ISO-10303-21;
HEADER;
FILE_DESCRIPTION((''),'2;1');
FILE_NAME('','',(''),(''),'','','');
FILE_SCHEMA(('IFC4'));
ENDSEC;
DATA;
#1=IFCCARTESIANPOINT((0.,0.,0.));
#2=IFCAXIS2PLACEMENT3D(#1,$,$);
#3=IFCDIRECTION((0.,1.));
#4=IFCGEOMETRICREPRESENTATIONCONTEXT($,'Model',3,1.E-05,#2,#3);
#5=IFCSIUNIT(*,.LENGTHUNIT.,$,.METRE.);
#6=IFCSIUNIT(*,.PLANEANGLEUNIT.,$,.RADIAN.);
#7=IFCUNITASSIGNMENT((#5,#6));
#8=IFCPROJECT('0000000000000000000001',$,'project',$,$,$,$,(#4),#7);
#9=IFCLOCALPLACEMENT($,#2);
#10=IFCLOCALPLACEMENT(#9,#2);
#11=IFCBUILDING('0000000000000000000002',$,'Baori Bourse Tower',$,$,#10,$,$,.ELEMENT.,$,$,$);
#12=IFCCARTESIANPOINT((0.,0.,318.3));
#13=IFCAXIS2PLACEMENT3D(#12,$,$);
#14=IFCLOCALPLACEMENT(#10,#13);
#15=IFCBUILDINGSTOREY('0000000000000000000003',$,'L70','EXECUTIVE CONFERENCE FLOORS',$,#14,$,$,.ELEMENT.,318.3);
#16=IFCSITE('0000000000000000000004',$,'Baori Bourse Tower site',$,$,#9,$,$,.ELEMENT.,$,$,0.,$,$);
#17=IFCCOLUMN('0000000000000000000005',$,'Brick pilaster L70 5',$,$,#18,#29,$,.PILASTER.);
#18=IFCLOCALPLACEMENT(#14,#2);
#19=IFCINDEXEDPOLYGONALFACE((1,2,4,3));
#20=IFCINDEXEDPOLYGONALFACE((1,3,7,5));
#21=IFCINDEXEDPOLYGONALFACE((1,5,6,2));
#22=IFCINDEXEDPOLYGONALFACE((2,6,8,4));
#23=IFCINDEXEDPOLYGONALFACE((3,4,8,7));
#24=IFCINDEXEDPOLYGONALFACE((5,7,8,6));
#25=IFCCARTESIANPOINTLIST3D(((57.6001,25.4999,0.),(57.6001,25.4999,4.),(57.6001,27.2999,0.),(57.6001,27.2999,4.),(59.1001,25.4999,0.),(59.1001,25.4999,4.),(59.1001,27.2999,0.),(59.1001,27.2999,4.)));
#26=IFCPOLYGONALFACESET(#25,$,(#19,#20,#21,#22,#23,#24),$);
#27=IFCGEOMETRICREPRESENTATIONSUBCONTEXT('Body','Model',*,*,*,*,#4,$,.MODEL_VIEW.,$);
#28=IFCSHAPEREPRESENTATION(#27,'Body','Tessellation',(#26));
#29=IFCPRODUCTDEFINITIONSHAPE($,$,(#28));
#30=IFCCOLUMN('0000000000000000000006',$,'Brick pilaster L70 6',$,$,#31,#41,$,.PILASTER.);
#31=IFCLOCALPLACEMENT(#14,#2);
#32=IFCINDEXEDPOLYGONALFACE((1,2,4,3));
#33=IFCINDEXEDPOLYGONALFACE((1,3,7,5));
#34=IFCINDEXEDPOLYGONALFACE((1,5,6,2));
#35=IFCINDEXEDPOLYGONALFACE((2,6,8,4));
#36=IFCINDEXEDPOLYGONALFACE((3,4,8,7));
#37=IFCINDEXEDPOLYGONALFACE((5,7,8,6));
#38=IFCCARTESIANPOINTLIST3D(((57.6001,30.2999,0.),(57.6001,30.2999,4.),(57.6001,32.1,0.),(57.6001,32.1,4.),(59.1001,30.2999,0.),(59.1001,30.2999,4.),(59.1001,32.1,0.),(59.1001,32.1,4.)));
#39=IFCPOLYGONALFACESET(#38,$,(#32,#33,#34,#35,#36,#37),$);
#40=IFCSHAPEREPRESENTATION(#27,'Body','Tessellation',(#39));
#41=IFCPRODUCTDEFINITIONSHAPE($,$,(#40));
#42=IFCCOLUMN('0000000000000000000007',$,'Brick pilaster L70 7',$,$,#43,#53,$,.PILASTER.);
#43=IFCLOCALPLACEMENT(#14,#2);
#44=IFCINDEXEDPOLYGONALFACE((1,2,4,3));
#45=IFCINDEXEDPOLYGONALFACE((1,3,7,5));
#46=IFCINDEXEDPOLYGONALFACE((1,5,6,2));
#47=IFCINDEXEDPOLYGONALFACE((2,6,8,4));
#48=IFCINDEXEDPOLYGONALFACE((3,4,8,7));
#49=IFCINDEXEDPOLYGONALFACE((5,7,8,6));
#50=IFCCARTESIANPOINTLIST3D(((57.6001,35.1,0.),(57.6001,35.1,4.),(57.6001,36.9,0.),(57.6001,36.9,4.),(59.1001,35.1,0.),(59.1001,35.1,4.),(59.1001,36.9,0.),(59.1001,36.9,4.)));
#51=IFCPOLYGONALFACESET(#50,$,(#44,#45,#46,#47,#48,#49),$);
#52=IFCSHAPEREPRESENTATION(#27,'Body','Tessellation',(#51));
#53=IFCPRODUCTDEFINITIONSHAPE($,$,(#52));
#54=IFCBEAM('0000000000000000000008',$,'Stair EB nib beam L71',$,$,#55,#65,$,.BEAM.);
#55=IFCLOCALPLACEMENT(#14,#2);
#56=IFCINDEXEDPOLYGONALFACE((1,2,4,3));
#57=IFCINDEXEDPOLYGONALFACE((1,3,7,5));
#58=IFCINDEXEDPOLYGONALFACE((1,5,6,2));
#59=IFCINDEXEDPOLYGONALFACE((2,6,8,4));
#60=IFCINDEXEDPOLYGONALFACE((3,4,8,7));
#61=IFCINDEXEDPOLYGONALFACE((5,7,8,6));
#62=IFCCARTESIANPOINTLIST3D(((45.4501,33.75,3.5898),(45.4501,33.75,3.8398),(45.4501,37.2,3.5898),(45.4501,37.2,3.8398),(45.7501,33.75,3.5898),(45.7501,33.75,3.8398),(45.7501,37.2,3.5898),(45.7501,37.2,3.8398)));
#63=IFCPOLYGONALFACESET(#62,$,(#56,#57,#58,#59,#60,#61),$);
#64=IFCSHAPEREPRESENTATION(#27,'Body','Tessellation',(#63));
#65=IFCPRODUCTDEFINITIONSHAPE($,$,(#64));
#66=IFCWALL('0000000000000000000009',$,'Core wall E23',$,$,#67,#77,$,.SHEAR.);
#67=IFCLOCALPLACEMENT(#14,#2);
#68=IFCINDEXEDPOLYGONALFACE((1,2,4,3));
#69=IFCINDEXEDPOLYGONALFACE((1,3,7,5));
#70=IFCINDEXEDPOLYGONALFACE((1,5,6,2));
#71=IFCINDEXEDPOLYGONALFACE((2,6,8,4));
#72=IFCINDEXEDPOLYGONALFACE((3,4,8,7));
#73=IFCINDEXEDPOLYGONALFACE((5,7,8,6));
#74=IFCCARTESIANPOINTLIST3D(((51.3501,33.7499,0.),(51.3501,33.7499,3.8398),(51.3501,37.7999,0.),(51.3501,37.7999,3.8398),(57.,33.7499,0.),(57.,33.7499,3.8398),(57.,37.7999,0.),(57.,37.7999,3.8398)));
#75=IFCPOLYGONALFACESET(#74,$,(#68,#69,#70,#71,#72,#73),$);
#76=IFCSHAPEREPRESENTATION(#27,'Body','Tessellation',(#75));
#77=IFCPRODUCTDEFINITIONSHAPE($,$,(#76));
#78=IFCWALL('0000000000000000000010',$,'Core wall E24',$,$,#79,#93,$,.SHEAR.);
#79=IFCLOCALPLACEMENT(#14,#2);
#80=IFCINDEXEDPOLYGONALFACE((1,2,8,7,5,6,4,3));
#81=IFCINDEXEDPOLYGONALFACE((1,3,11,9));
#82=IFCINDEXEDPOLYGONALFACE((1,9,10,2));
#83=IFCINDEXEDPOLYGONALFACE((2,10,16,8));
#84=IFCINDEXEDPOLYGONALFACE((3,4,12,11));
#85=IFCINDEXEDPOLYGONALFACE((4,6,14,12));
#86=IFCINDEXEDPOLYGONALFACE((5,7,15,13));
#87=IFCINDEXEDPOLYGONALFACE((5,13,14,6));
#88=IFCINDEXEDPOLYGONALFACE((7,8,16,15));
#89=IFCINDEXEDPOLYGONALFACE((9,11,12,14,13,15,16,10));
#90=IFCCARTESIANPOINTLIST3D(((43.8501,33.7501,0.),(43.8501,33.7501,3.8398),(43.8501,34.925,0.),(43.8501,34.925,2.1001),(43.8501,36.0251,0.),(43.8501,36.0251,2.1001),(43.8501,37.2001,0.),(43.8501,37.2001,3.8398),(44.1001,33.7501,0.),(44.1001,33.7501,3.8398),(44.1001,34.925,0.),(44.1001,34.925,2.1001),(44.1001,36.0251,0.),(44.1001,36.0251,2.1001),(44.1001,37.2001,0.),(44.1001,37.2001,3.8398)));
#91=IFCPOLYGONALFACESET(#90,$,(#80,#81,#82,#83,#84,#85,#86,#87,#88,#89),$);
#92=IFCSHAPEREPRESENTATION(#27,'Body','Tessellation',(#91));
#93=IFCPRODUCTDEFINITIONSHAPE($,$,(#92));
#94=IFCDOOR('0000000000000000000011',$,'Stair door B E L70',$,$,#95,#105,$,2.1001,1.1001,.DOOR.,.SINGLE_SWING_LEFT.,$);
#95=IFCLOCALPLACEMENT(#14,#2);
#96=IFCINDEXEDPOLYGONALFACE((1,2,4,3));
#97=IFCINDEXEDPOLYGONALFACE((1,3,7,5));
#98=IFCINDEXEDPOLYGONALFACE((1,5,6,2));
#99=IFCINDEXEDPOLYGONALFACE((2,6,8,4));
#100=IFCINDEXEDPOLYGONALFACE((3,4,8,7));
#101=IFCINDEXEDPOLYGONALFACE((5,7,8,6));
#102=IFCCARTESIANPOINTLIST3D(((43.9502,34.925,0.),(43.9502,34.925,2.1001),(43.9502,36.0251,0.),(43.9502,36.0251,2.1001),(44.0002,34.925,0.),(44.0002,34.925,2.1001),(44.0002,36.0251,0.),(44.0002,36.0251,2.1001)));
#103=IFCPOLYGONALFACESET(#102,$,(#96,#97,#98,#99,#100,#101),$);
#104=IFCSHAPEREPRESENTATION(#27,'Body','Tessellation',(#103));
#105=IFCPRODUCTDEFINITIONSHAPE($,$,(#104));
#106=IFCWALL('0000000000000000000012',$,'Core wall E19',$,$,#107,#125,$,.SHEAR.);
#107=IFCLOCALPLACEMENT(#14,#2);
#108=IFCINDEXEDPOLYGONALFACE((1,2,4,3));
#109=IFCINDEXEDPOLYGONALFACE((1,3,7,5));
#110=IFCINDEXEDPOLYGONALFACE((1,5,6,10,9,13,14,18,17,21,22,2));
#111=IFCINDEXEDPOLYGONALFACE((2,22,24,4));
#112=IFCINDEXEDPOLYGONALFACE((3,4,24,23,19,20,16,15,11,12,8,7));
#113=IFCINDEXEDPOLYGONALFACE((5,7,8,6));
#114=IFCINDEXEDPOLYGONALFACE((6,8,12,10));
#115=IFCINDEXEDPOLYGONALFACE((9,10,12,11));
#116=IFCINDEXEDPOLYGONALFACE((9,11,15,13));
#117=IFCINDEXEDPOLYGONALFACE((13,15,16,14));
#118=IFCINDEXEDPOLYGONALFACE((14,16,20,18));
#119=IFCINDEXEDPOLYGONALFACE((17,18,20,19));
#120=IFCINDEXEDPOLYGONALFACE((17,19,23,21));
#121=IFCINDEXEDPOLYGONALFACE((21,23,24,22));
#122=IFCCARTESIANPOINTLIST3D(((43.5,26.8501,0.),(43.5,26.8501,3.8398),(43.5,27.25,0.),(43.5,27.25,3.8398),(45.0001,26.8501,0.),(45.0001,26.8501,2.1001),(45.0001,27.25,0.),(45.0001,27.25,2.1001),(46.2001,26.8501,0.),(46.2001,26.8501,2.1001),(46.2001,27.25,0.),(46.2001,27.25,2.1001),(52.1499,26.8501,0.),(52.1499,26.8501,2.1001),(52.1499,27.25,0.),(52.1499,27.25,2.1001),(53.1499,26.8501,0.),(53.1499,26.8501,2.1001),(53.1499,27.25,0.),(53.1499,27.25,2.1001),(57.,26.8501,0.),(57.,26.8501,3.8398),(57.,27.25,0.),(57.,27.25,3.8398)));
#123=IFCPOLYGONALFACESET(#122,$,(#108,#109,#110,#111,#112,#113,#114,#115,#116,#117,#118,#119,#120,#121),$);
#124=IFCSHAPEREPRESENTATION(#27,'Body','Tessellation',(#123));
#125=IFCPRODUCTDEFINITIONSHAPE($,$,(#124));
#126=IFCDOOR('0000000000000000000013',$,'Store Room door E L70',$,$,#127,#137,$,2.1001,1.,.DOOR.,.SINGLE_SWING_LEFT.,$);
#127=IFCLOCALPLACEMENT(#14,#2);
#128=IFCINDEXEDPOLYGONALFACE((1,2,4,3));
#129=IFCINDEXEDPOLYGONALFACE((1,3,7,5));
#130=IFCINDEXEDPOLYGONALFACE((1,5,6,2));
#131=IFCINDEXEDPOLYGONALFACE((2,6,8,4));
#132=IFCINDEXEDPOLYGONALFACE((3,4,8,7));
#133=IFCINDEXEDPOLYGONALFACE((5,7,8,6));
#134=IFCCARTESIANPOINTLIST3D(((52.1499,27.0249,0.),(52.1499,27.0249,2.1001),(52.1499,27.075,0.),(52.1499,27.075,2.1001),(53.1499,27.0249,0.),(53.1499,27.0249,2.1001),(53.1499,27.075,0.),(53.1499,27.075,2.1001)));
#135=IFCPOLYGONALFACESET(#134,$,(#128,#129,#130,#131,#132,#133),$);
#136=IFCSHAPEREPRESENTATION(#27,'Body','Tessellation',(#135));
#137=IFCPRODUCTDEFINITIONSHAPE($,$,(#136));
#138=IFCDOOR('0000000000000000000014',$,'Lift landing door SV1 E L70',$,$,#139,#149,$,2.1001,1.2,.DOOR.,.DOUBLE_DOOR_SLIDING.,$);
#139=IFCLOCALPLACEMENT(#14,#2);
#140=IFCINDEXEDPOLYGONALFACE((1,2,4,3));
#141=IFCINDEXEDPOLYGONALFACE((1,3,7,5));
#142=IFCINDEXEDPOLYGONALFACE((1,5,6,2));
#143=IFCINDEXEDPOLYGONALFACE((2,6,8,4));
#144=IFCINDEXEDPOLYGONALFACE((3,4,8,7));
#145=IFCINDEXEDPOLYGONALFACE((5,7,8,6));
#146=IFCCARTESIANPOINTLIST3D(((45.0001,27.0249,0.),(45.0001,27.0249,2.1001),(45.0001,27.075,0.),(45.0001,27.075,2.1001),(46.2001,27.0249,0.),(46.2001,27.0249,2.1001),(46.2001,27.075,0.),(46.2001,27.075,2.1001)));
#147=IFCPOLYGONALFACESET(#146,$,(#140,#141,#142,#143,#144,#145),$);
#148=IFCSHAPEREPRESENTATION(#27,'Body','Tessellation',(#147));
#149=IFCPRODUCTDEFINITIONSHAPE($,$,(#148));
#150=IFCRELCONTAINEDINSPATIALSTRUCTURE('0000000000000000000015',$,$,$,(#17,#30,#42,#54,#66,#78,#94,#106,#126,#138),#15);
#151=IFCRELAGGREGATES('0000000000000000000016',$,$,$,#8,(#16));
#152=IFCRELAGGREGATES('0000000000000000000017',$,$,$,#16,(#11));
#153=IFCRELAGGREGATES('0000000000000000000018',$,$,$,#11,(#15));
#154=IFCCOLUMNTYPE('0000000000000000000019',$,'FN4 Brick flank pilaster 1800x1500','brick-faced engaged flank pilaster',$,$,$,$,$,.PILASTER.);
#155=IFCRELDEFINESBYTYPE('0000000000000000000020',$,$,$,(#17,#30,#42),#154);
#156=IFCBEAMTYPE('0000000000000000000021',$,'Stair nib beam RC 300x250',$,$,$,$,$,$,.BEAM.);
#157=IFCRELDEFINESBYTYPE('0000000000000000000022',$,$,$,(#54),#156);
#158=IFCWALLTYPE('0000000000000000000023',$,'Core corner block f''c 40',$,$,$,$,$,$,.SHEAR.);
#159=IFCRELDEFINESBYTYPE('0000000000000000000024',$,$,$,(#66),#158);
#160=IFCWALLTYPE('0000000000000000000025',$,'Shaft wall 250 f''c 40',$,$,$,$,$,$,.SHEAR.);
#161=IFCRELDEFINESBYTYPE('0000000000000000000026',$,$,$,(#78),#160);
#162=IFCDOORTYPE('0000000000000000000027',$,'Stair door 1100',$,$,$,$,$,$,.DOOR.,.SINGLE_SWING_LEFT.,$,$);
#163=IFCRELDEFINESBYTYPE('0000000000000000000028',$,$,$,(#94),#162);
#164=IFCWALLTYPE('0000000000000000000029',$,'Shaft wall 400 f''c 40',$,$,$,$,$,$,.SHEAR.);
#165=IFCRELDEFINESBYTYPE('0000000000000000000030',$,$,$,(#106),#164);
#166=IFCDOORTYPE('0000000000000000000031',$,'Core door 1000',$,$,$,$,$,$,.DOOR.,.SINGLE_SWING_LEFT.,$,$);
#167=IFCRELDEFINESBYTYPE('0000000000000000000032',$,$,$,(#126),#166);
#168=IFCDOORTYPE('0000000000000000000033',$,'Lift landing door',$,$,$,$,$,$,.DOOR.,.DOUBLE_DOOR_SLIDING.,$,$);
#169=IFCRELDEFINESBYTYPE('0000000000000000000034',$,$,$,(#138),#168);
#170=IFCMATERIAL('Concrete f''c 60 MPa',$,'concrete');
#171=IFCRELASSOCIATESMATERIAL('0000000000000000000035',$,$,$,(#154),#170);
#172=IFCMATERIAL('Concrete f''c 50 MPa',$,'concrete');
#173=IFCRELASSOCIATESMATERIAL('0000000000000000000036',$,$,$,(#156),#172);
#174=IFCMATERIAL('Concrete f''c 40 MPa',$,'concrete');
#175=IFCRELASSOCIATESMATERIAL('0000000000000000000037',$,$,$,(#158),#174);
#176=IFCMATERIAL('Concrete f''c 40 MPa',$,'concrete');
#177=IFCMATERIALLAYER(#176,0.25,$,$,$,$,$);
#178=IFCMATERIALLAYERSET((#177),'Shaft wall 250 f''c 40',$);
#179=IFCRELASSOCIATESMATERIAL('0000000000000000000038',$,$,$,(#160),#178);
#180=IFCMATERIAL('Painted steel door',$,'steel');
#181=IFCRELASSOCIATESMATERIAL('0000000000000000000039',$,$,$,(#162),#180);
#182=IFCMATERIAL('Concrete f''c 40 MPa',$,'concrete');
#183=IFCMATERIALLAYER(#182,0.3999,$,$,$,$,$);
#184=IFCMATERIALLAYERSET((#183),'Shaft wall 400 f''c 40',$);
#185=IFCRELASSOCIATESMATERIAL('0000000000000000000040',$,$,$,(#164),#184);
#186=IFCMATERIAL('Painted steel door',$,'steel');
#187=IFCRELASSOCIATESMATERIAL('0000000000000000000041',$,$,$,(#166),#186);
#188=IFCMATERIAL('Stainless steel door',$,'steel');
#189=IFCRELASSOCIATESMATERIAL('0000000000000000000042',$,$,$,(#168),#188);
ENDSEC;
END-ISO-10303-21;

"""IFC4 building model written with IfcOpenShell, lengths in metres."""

from ifc_helpers import new_model, si_unit, direction, frame, frame_2d, origin, origin_2d, place, context, subcontext, project, spatial, rectangle, extrude, material, layer, layer_set, material_profile, profile_set, type_object, element, fill, save


model = new_model("IFC4")

# Units and contexts
model_context = context("Model", 3, precision=1e-05, world=origin(), true_north=direction((0.0, 1.0)))
body_context = subcontext(model_context, "Body", "Model", "MODEL_VIEW")
ifc_project = project(units=[si_unit("LENGTHUNIT", "METRE"), si_unit("PLANEANGLEUNIT", "RADIAN")], contexts=[model_context])

# Site, building, storey
site_placement = place(None, origin())
site = spatial("IfcSite", under=ifc_project, at=site_placement, Name="Baori Bourse Tower site", CompositionType="ELEMENT", RefElevation=0.0)
building_placement = place(site_placement, origin())
building = spatial("IfcBuilding", under=site, at=building_placement, Name="Baori Bourse Tower", CompositionType="ELEMENT")
storey_placement = place(building_placement, frame((0.0, 0.0, 318.3)))
storey = spatial("IfcBuildingStorey", under=building, at=storey_placement, Name="L70", Description="EXECUTIVE CONFERENCE FLOORS", CompositionType="ELEMENT", Elevation=318.3)

# Columns
ifc_material_1 = material(Name="Concrete f'c 60 MPa", Category="concrete")
ifc_material_profile_1 = material_profile(ifc_material_1, rectangle(XDim=1.8, YDim=1.5, at=origin_2d()), Name="RC 1800x1500")
ifc_profile_set_1 = profile_set([ifc_material_profile_1], Name="Concrete f'c 60 MPa")
column_type = type_object("IfcColumnType", Name="FN4 Brick flank pilaster 1800x1500", Description="brick-faced engaged flank pilaster", PredefinedType="PILASTER", material=ifc_profile_set_1)
for number, where, z_axis, x_axis, name in (
    (1, (58.3501, 26.3999, 0.0), (0.0, 0.0, 1.0), (0.0, 1.0, 0.0), "Brick pilaster L70 5"),
    (2, (58.3501, 31.2, 0.0), (0.0, 0.0, 1.0), (0.0, 1.0, 0.0), "Brick pilaster L70 6"),
    (3, (58.3501, 36.0, 0.0), (0.0, 0.0, 1.0), (0.0, 1.0, 0.0), "Brick pilaster L70 7"),
):
    element("IfcColumn", number, at=place(storey_placement, frame(where, z_axis=z_axis, x_axis=x_axis)), inside=storey, type_object=column_type, Name=name, PredefinedType="PILASTER", context=body_context, shape_type="SweptSolid", body=[
        extrude(rectangle(XDim=1.8, YDim=1.5, at=origin_2d()), origin(), (0.0, 0.0, 1.0), 4.0),
    ])

# Beam
ifc_material_2 = material(Name="Concrete f'c 50 MPa", Category="concrete")
ifc_material_profile_2 = material_profile(ifc_material_2, rectangle(XDim=0.3, YDim=0.25, at=origin_2d()), Name="RC 300x250")
ifc_profile_set_2 = profile_set([ifc_material_profile_2], Name="Concrete f'c 50 MPa")
beam_type = type_object("IfcBeamType", Name="Stair nib beam RC 300x250", PredefinedType="BEAM", material=ifc_profile_set_2)
beam_placement = place(storey_placement, frame((45.6001, 33.75, 3.7148), z_axis=(0.0, 1.0, 0.0), x_axis=(-1.0, 0.0, 0.0)))
element("IfcBeam", 4, at=beam_placement, inside=storey, type_object=beam_type, Name="Stair EB nib beam L71", PredefinedType="BEAM", context=body_context, shape_type="SweptSolid", body=[
    extrude(rectangle(XDim=0.3, YDim=0.25, at=origin_2d()), origin(), (0.0, 0.0, 1.0), 3.45),
])

# Wall
ifc_material_3 = material(Name="Concrete f'c 40 MPa", Category="concrete")
wall_type_1 = type_object("IfcWallType", Name="Core corner block f'c 40", PredefinedType="SHEAR", material=ifc_material_3)
wall_1_placement = place(storey_placement, frame((51.3501, 35.7749, 0.0), z_axis=(0.0, 0.0, 1.0), x_axis=(1.0, 0.0, 0.0)))
element("IfcWall", 5, at=wall_1_placement, inside=storey, type_object=wall_type_1, Name="Core wall E23", PredefinedType="SHEAR", context=body_context, shape_type="SweptSolid", body=[
    extrude(rectangle(XDim=5.6499, YDim=4.05, at=frame_2d((2.825, 0.0))), origin(), (0.0, 0.0, 1.0), 3.8398),
])

# Wall, opening, door
ifc_material_4 = material(Name="Concrete f'c 40 MPa", Category="concrete")
ifc_layer_1 = layer(ifc_material_4, 0.25)
ifc_layer_set_1 = layer_set([ifc_layer_1], Name="Shaft wall 250 f'c 40")
wall_type_2 = type_object("IfcWallType", Name="Shaft wall 250 f'c 40", PredefinedType="SHEAR", material=ifc_layer_set_1)
wall_2_placement = place(storey_placement, frame((43.9751, 33.75, 0.0), z_axis=(0.0, 0.0, 1.0), x_axis=(0.0, 1.0, 0.0)))
wall_2 = element("IfcWall", 6, at=wall_2_placement, inside=storey, type_object=wall_type_2, Name="Core wall E24", PredefinedType="SHEAR", context=body_context, shape_type="SweptSolid", body=[
    extrude(rectangle(XDim=3.45, YDim=0.25, at=frame_2d((1.7251, 0.0))), origin(), (0.0, 0.0, 1.0), 3.8398),
])
opening_1_placement = place(wall_2_placement, frame((1.175, 0.0, 0.0)))
opening_1 = element("IfcOpeningElement", 7, at=opening_1_placement, cuts=wall_2, PredefinedType="OPENING", context=body_context, shape_type="SweptSolid", body=[
    extrude(rectangle(XDim=1.1001, YDim=2.1001, at=frame_2d((0.55, 1.05))), frame((0.0, 0.135, 0.0), z_axis=(0.0, -1.0, 0.0), x_axis=(1.0, 0.0, 0.0)), (0.0, 0.0, 1.0), 0.27),
])
ifc_material_5 = material(Name="Painted steel door", Category="steel")
door_type_1 = type_object("IfcDoorType", Name="Stair door 1100", OperationType="SINGLE_SWING_LEFT", PredefinedType="DOOR", material=ifc_material_5)
door_1_placement = place(opening_1_placement, origin())
door_1 = element("IfcDoor", 8, at=door_1_placement, inside=storey, type_object=door_type_1, Name="Stair door B E L70", OperationType="SINGLE_SWING_LEFT", OverallHeight=2.1001, OverallWidth=1.1001, PredefinedType="DOOR", context=body_context, shape_type="SweptSolid", body=[
    extrude(rectangle(XDim=1.1001, YDim=2.1001, at=frame_2d((0.55, 1.05))), frame((0.0, 0.0249, 0.0), z_axis=(0.0, -1.0, 0.0), x_axis=(1.0, 0.0, 0.0)), (0.0, 0.0, 1.0), 0.05),
])
fill(opening_1, door_1)

# Wall, openings, doors
ifc_material_6 = material(Name="Concrete f'c 40 MPa", Category="concrete")
ifc_layer_2 = layer(ifc_material_6, 0.3999)
ifc_layer_set_2 = layer_set([ifc_layer_2], Name="Shaft wall 400 f'c 40")
wall_type_3 = type_object("IfcWallType", Name="Shaft wall 400 f'c 40", PredefinedType="SHEAR", material=ifc_layer_set_2)
wall_3_placement = place(storey_placement, frame((43.5, 27.05, 0.0), z_axis=(0.0, 0.0, 1.0), x_axis=(1.0, 0.0, 0.0)))
wall_3 = element("IfcWall", 9, at=wall_3_placement, inside=storey, type_object=wall_type_3, Name="Core wall E19", PredefinedType="SHEAR", context=body_context, shape_type="SweptSolid", body=[
    extrude(rectangle(XDim=13.5, YDim=0.3999, at=frame_2d((6.75, 0.0))), origin(), (0.0, 0.0, 1.0), 3.8398),
])
opening_2_placement = place(wall_3_placement, frame((8.6499, 0.0, 0.0)))
opening_2 = element("IfcOpeningElement", 10, at=opening_2_placement, cuts=wall_3, PredefinedType="OPENING", context=body_context, shape_type="SweptSolid", body=[
    extrude(rectangle(XDim=1.0, YDim=2.1001, at=frame_2d((0.5, 1.05))), frame((0.0, 0.21, 0.0), z_axis=(0.0, -1.0, 0.0), x_axis=(1.0, 0.0, 0.0)), (0.0, 0.0, 1.0), 0.4199),
])
opening_3_placement = place(wall_3_placement, frame((1.5, 0.0, 0.0)))
opening_3 = element("IfcOpeningElement", 11, at=opening_3_placement, cuts=wall_3, PredefinedType="OPENING", context=body_context, shape_type="SweptSolid", body=[
    extrude(rectangle(XDim=1.2, YDim=2.1001, at=frame_2d((0.6001, 1.05))), frame((0.0, 0.21, 0.0), z_axis=(0.0, -1.0, 0.0), x_axis=(1.0, 0.0, 0.0)), (0.0, 0.0, 1.0), 0.4199),
])
ifc_material_7 = material(Name="Painted steel door", Category="steel")
door_type_2 = type_object("IfcDoorType", Name="Core door 1000", OperationType="SINGLE_SWING_LEFT", PredefinedType="DOOR", material=ifc_material_7)
door_2_placement = place(opening_2_placement, origin())
door_2 = element("IfcDoor", 12, at=door_2_placement, inside=storey, type_object=door_type_2, Name="Store Room door E L70", OperationType="SINGLE_SWING_LEFT", OverallHeight=2.1001, OverallWidth=1.0, PredefinedType="DOOR", context=body_context, shape_type="SweptSolid", body=[
    extrude(rectangle(XDim=1.0, YDim=2.1001, at=frame_2d((0.5, 1.05))), frame((0.0, 0.0249, 0.0), z_axis=(0.0, -1.0, 0.0), x_axis=(1.0, 0.0, 0.0)), (0.0, 0.0, 1.0), 0.05),
])
fill(opening_2, door_2)
ifc_material_8 = material(Name="Stainless steel door", Category="steel")
door_type_3 = type_object("IfcDoorType", Name="Lift landing door", OperationType="DOUBLE_DOOR_SLIDING", PredefinedType="DOOR", material=ifc_material_8)
door_3_placement = place(opening_3_placement, origin())
door_3 = element("IfcDoor", 13, at=door_3_placement, inside=storey, type_object=door_type_3, Name="Lift landing door SV1 E L70", OperationType="DOUBLE_DOOR_SLIDING", OverallHeight=2.1001, OverallWidth=1.2, PredefinedType="DOOR", context=body_context, shape_type="SweptSolid", body=[
    extrude(rectangle(XDim=1.2, YDim=2.1001, at=frame_2d((0.6001, 1.05))), frame((0.0, 0.0249, 0.0), z_axis=(0.0, -1.0, 0.0), x_axis=(1.0, 0.0, 0.0)), (0.0, 0.0, 1.0), 0.05),
])
fill(opening_3, door_3)

save(model, "model.ifc")
